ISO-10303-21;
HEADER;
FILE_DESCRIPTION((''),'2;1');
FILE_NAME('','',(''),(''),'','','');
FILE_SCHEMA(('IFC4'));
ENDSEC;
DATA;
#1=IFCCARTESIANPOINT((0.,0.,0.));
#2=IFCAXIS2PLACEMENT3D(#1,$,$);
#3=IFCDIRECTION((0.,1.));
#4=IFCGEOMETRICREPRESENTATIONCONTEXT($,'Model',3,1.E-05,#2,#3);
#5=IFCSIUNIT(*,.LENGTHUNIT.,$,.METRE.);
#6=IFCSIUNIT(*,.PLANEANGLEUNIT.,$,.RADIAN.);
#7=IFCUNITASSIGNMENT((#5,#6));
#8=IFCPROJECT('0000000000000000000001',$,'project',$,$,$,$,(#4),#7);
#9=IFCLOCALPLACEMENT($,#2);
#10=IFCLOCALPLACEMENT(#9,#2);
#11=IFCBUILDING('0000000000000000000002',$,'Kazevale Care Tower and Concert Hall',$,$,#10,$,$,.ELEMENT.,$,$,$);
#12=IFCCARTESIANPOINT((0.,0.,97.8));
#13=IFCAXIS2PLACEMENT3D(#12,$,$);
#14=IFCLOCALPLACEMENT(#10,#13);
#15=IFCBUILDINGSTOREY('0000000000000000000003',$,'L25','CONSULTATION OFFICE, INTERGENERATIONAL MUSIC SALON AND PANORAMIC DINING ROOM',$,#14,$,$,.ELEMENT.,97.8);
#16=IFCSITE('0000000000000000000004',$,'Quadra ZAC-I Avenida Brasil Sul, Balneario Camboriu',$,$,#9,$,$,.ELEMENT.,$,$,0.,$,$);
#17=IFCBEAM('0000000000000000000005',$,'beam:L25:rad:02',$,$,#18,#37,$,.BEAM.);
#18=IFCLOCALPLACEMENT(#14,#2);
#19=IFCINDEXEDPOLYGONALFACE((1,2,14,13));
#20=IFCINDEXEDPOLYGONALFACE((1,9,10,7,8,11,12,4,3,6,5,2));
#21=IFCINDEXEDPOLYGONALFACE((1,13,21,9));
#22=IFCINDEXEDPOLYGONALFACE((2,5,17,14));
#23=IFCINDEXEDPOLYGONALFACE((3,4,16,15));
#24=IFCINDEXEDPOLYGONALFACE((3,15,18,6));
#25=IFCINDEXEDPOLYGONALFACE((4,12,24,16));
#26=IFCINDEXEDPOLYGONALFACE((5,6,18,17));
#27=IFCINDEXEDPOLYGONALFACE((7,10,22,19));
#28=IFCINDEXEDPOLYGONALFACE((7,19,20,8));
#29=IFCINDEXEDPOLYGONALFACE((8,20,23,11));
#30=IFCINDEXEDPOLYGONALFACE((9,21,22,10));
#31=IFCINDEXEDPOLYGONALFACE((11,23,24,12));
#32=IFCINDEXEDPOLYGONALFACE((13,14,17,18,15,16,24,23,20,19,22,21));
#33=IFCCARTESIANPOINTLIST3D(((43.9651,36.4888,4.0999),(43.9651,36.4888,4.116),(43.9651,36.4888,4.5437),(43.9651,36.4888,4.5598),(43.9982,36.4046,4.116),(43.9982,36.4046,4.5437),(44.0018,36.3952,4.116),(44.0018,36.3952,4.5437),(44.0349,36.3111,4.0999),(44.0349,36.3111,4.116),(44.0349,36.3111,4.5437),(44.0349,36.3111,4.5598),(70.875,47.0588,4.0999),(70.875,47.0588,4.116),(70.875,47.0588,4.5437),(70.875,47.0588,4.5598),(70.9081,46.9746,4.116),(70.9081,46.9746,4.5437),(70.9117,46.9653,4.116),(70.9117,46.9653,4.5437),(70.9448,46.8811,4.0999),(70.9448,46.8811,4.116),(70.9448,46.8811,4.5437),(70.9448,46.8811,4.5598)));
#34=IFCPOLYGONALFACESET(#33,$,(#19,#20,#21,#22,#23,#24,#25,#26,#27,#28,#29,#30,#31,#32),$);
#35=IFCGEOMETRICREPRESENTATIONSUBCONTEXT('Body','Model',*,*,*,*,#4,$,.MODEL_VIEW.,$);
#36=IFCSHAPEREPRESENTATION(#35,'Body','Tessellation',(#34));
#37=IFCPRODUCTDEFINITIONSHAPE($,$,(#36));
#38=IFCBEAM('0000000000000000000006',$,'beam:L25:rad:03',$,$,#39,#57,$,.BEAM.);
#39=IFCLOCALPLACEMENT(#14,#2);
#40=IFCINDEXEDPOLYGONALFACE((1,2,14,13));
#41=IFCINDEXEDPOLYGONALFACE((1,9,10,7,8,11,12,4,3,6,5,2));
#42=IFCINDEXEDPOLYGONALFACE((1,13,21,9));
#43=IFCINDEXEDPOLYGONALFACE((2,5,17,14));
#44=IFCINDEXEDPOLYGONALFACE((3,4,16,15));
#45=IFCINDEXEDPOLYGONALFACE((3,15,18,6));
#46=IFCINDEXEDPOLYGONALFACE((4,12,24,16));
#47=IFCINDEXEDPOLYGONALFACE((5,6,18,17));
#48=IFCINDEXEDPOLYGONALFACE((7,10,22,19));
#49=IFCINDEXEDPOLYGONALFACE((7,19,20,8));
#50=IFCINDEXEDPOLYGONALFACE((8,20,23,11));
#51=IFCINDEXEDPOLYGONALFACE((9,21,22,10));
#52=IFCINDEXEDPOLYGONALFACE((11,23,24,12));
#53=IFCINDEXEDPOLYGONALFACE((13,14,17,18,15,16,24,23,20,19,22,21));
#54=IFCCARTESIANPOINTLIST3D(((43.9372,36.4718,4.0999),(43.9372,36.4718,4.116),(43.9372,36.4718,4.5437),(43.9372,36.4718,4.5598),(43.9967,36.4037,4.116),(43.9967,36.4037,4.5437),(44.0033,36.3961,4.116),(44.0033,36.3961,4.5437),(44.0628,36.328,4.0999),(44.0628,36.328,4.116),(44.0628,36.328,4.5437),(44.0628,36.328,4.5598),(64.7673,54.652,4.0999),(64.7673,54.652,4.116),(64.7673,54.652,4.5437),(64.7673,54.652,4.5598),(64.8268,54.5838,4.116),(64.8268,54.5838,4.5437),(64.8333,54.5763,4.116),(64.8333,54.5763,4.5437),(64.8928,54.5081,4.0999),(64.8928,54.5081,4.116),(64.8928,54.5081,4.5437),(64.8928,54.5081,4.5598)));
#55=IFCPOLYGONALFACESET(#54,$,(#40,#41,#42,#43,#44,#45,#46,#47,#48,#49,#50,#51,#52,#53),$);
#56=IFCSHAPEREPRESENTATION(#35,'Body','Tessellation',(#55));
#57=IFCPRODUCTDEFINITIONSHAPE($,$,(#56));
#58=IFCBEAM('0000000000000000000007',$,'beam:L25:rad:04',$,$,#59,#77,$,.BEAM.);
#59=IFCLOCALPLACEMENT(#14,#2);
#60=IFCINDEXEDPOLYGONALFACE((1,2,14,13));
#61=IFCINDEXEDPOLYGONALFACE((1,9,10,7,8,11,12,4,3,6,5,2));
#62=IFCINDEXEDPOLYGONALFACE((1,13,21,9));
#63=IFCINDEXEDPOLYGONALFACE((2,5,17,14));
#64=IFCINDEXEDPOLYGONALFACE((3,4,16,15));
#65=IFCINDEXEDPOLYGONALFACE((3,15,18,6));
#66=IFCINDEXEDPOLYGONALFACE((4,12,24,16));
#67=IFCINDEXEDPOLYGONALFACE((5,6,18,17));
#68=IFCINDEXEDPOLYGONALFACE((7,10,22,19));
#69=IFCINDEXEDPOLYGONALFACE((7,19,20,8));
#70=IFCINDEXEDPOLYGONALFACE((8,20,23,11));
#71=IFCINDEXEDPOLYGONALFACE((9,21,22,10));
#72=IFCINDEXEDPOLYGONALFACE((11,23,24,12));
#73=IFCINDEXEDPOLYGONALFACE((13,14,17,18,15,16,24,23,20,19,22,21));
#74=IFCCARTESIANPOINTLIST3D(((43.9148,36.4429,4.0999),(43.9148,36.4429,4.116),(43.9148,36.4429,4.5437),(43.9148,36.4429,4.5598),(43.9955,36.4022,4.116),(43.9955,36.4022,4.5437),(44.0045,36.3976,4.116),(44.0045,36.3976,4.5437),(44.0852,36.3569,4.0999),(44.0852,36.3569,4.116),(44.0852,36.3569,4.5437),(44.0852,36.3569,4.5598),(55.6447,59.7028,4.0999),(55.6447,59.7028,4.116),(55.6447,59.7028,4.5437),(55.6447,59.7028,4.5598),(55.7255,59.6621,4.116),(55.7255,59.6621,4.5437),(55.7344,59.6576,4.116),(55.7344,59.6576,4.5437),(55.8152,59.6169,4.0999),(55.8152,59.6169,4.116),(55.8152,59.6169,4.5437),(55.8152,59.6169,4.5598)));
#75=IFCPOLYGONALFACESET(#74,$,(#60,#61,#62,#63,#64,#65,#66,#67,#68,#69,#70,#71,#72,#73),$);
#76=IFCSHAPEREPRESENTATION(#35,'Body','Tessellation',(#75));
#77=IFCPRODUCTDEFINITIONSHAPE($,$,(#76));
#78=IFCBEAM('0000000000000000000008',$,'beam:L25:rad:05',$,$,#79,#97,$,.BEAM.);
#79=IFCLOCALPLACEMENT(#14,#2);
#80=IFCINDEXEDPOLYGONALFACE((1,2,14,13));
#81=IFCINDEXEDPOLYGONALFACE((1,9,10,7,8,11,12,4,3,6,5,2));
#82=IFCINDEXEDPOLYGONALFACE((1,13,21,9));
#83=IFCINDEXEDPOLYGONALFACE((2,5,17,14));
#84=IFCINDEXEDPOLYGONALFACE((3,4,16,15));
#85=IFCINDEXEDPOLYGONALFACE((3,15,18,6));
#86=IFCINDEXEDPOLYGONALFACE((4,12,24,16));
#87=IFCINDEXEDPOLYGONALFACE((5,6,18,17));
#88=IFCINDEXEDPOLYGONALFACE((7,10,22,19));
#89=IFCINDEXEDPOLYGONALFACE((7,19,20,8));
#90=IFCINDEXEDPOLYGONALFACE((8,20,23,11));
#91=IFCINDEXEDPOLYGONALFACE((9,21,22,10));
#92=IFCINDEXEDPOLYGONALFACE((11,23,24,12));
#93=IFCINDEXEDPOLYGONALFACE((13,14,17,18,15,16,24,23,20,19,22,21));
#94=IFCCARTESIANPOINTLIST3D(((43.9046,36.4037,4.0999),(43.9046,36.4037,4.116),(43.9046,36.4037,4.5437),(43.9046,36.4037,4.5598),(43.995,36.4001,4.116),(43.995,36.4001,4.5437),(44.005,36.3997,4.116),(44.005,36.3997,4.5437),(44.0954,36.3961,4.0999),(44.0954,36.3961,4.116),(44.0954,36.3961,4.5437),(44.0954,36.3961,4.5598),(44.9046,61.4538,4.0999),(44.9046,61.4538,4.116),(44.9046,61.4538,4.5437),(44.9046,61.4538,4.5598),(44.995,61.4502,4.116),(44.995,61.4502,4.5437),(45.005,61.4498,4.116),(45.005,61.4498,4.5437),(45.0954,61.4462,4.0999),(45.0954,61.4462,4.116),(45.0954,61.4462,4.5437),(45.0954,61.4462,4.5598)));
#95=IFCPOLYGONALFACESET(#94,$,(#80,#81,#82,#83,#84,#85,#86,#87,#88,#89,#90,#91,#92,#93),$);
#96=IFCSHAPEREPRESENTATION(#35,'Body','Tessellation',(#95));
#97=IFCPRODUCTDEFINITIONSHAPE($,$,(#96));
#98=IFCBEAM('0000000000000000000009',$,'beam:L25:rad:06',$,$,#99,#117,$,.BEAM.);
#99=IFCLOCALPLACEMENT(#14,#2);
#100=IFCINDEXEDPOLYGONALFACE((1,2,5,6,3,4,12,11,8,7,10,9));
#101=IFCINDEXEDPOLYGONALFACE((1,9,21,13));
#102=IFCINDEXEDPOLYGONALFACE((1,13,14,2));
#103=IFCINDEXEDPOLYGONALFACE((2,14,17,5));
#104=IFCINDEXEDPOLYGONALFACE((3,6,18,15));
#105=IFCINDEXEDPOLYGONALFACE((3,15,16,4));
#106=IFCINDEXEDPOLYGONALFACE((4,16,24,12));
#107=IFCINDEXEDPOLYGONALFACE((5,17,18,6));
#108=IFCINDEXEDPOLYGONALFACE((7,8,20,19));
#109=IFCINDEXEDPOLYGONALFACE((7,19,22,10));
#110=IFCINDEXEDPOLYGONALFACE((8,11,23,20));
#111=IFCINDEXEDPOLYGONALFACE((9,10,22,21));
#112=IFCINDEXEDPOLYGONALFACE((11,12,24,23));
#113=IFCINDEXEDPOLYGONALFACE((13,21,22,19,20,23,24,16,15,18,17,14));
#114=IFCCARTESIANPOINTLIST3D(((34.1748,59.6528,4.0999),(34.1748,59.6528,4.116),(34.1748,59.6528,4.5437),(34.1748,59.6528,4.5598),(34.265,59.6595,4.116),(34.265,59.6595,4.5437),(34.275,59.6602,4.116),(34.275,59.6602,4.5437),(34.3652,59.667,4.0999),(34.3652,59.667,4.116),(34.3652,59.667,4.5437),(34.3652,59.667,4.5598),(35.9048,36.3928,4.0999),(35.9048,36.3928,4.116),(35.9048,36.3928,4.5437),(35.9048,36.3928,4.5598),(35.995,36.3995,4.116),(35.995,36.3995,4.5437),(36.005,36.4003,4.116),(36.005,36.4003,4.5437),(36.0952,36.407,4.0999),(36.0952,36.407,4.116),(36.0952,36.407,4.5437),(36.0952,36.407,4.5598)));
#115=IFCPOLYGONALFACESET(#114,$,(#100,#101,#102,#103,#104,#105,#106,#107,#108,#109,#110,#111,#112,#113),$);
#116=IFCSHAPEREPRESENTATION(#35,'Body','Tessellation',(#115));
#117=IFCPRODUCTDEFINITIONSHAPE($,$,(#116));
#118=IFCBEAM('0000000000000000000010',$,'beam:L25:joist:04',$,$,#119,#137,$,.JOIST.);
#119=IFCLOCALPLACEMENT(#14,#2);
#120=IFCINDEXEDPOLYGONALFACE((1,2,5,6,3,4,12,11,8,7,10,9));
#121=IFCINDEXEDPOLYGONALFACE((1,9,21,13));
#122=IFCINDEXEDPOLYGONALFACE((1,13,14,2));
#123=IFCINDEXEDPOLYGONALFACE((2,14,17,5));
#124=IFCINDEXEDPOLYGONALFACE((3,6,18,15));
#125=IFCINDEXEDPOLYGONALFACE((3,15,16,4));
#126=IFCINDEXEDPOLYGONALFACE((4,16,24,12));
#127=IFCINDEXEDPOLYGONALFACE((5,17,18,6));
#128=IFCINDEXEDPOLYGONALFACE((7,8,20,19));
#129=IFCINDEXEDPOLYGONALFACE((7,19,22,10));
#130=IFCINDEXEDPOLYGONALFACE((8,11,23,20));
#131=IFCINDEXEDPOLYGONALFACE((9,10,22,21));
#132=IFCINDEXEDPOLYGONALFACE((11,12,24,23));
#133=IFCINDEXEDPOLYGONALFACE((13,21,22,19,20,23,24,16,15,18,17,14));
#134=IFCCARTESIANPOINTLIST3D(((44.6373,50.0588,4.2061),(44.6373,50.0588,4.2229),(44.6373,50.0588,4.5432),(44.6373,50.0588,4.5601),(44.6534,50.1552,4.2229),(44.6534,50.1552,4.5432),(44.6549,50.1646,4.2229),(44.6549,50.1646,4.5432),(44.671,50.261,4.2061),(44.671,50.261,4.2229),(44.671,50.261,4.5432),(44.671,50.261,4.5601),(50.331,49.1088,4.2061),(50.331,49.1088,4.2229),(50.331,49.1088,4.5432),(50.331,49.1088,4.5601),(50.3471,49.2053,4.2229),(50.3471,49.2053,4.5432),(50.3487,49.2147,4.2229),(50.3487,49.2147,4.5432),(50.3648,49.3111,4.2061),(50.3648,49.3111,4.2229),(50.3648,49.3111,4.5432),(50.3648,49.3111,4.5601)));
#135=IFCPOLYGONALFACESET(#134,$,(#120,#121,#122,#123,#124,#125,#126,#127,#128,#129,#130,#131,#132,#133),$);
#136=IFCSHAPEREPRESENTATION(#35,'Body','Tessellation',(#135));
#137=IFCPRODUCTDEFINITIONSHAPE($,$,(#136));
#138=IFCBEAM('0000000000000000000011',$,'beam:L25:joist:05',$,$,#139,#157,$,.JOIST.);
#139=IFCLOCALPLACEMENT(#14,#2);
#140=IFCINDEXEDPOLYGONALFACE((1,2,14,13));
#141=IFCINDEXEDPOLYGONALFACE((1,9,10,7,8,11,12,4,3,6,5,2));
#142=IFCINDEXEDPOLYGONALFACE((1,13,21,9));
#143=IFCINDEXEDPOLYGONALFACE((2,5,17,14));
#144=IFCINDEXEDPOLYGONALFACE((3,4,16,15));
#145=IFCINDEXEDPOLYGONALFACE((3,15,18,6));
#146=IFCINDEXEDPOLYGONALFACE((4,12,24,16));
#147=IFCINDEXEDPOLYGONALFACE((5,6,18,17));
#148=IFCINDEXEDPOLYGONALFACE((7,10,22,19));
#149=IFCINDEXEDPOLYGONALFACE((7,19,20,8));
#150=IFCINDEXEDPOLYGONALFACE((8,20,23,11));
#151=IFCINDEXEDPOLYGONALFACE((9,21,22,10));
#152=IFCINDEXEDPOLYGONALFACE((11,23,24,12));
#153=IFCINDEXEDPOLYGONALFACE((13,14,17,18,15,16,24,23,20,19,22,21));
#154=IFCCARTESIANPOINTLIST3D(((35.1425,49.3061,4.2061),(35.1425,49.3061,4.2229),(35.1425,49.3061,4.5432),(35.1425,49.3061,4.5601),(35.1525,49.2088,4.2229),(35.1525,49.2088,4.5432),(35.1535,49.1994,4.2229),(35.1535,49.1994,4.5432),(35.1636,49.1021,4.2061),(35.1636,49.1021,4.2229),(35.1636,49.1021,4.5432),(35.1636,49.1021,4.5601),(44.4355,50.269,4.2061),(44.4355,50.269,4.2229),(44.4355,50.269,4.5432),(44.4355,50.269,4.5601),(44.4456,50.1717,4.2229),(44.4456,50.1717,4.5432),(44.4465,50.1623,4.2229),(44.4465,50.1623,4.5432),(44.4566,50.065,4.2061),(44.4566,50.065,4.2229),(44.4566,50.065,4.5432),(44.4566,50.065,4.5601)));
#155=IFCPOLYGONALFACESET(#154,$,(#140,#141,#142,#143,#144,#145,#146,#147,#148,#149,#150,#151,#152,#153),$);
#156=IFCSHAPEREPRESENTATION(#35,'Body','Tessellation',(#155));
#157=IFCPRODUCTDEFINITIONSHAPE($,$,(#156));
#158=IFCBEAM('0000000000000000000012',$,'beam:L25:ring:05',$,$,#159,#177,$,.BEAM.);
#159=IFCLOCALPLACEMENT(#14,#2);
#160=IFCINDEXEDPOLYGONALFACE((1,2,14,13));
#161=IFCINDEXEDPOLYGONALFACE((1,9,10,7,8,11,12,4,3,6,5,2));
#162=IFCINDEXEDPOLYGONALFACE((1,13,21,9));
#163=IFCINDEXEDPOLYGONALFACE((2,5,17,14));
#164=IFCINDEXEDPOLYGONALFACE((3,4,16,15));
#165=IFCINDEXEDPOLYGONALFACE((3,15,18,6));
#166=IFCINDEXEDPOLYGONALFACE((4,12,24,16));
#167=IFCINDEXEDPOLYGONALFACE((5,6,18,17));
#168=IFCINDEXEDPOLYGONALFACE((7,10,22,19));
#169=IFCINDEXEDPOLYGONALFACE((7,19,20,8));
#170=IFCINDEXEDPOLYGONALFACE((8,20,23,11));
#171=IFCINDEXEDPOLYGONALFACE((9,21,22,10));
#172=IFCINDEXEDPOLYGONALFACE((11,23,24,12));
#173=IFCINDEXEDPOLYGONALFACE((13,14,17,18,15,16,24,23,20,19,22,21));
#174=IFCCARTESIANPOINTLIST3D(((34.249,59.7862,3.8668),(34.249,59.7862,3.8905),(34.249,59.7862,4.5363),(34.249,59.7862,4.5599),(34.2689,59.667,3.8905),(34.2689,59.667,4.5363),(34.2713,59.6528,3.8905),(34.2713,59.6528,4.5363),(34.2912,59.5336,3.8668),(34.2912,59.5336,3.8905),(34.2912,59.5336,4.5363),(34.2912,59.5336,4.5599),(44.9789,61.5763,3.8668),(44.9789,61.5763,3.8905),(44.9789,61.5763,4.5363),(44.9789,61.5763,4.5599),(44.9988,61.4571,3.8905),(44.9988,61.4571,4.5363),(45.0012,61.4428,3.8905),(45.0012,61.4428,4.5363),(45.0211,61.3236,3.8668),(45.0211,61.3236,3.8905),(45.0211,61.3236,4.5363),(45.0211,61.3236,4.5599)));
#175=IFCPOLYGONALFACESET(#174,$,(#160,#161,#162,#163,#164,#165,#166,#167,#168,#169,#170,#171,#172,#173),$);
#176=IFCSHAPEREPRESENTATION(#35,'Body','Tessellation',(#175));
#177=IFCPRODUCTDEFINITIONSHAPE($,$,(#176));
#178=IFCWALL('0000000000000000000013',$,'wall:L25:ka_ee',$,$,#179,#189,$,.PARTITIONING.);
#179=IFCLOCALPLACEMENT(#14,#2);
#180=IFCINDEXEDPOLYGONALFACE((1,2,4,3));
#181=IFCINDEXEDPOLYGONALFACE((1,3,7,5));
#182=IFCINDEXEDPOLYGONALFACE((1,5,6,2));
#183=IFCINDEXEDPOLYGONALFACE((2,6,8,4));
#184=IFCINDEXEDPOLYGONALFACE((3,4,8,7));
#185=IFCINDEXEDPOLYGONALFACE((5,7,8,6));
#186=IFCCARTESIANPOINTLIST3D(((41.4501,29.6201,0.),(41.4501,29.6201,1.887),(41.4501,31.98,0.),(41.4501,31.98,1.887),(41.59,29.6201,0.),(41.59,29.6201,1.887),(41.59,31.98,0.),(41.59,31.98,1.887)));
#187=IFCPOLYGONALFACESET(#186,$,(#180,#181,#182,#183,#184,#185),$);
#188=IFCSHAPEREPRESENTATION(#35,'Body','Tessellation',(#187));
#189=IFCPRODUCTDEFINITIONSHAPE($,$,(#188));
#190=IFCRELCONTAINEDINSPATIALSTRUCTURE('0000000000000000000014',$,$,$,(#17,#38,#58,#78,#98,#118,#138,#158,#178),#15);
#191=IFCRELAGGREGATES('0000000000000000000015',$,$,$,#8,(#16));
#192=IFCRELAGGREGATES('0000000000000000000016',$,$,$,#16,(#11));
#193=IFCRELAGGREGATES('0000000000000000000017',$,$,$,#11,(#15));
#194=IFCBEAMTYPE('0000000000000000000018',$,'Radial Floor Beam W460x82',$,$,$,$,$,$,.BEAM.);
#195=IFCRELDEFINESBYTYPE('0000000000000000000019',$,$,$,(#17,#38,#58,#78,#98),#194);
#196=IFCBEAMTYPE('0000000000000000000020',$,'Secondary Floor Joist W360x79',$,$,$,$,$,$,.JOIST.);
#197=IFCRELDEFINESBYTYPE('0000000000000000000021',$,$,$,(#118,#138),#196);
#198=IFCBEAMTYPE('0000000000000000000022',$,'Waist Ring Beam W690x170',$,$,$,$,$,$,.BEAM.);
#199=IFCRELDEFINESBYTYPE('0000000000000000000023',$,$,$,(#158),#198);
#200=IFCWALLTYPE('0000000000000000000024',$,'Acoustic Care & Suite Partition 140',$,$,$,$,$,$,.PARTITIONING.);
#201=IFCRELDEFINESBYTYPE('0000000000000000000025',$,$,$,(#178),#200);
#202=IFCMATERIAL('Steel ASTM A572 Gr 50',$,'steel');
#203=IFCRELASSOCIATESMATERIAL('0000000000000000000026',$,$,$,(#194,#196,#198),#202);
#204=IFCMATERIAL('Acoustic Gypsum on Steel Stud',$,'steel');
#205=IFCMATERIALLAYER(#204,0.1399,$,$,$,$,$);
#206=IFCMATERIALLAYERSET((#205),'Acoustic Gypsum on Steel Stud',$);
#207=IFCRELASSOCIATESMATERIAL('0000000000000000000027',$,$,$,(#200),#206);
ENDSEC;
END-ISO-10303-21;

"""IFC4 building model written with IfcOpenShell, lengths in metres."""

from ifc_helpers import new_model, si_unit, direction, frame, frame_2d, origin, origin_2d, place, context, subcontext, project, spatial, rectangle, i_section, extrude, material, layer, layer_set, material_profile, profile_set, type_object, element, save


model = new_model("IFC4")

# Units and contexts
model_context = context("Model", 3, precision=1e-05, world=origin(), true_north=direction((0.0, 1.0)))
body_context = subcontext(model_context, "Body", "Model", "MODEL_VIEW")
ifc_project = project(units=[si_unit("LENGTHUNIT", "METRE"), si_unit("PLANEANGLEUNIT", "RADIAN")], contexts=[model_context])

# Site, building, storey
site_placement = place(None, origin())
site = spatial("IfcSite", under=ifc_project, at=site_placement, Name="Quadra ZAC-I Avenida Brasil Sul, Balneario Camboriu", CompositionType="ELEMENT", RefElevation=0.0)
building_placement = place(site_placement, origin())
building = spatial("IfcBuilding", under=site, at=building_placement, Name="Kazevale Care Tower and Concert Hall", CompositionType="ELEMENT")
storey_placement = place(building_placement, frame((0.0, 0.0, 97.8)))
storey = spatial("IfcBuildingStorey", under=building, at=storey_placement, Name="L25", Description="CONSULTATION OFFICE, INTERGENERATIONAL MUSIC SALON AND PANORAMIC DINING ROOM", CompositionType="ELEMENT", Elevation=97.8)

# Beams
ifc_material_1 = material(Name="Steel ASTM A572 Gr 50", Category="steel")
ifc_material_profile_1 = material_profile(ifc_material_1, i_section(OverallWidth=0.1909, OverallDepth=0.46, WebThickness=0.01, FlangeThickness=0.0161, at=origin_2d()), Name="W460x82")
ifc_profile_set_1 = profile_set([ifc_material_profile_1], Name="Steel ASTM A572 Gr 50")
beam_type_1 = type_object("IfcBeamType", Name="Radial Floor Beam W460x82", PredefinedType="BEAM", material=ifc_profile_set_1)
beam_1_placement = place(storey_placement, frame((44.0, 36.3999, 4.3298), z_axis=(0.930771, 0.365602, 0.0), x_axis=(-0.365602, 0.930771, 0.0)))
element("IfcBeam", 1, at=beam_1_placement, inside=storey, type_object=beam_type_1, Name="beam:L25:rad:02", PredefinedType="BEAM", context=body_context, shape_type="SweptSolid", body=[
    extrude(i_section(OverallWidth=0.1909, OverallDepth=0.46, WebThickness=0.01, FlangeThickness=0.0161, at=origin_2d()), origin(), (0.0, 0.0, 1.0), 28.9114),
])
beam_2_placement = place(storey_placement, frame((44.0, 36.3999, 4.3298), z_axis=(0.753403, 0.657559, 0.0), x_axis=(-0.657559, 0.753403, 0.0)))
element("IfcBeam", 2, at=beam_2_placement, inside=storey, type_object=beam_type_1, Name="beam:L25:rad:03", PredefinedType="BEAM", context=body_context, shape_type="SweptSolid", body=[
    extrude(i_section(OverallWidth=0.1909, OverallDepth=0.46, WebThickness=0.01, FlangeThickness=0.0161, at=origin_2d()), origin(), (0.0, 0.0, 1.0), 27.6479),
])
beam_3_placement = place(storey_placement, frame((44.0, 36.3999, 4.3298), z_axis=(0.450281, 0.892887, 0.0), x_axis=(-0.892887, 0.450281, 0.0)))
element("IfcBeam", 3, at=beam_3_placement, inside=storey, type_object=beam_type_1, Name="beam:L25:rad:04", PredefinedType="BEAM", context=body_context, shape_type="SweptSolid", body=[
    extrude(i_section(OverallWidth=0.1909, OverallDepth=0.46, WebThickness=0.01, FlangeThickness=0.0161, at=origin_2d()), origin(), (0.0, 0.0, 1.0), 26.0503),
])
beam_4_placement = place(storey_placement, frame((44.0, 36.3999, 4.3298), z_axis=(0.039888, 0.999204, 0.0), x_axis=(-0.999204, 0.039888, 0.0)))
element("IfcBeam", 4, at=beam_4_placement, inside=storey, type_object=beam_type_1, Name="beam:L25:rad:05", PredefinedType="BEAM", context=body_context, shape_type="SweptSolid", body=[
    extrude(i_section(OverallWidth=0.1909, OverallDepth=0.46, WebThickness=0.01, FlangeThickness=0.0161, at=origin_2d()), origin(), (0.0, 0.0, 1.0), 25.0701),
])
beam_5_placement = place(storey_placement, frame((36.0, 36.3999, 4.3298), z_axis=(-0.074171, 0.997246, 0.0), x_axis=(-0.997246, -0.074171, 0.0)))
element("IfcBeam", 5, at=beam_5_placement, inside=storey, type_object=beam_type_1, Name="beam:L25:rad:06", PredefinedType="BEAM", context=body_context, shape_type="SweptSolid", body=[
    extrude(i_section(OverallWidth=0.1909, OverallDepth=0.46, WebThickness=0.01, FlangeThickness=0.0161, at=origin_2d()), origin(), (0.0, 0.0, 1.0), 23.3242),
])
ifc_material_profile_2 = material_profile(ifc_material_1, i_section(OverallWidth=0.2051, OverallDepth=0.354, WebThickness=0.0095, FlangeThickness=0.0168, at=origin_2d()), Name="W360x79")
ifc_profile_set_2 = profile_set([ifc_material_profile_2], Name="Steel ASTM A572 Gr 50")
beam_type_2 = type_object("IfcBeamType", Name="Secondary Floor Joist W360x79", PredefinedType="JOIST", material=ifc_profile_set_2)
beam_6_placement = place(storey_placement, frame((50.3479, 49.21, 4.3831), z_axis=(-0.986366, 0.164564, 0.0), x_axis=(-0.164564, -0.986366, 0.0)))
element("IfcBeam", 6, at=beam_6_placement, inside=storey, type_object=beam_type_2, Name="beam:L25:joist:04", PredefinedType="JOIST", context=body_context, shape_type="SweptSolid", body=[
    extrude(i_section(OverallWidth=0.2051, OverallDepth=0.354, WebThickness=0.0095, FlangeThickness=0.0168, at=origin_2d()), origin(), (0.0, 0.0, 1.0), 5.7725),
])
beam_7_placement = place(storey_placement, frame((44.446, 50.167, 4.3831), z_axis=(-0.994675, -0.103063, 0.0), x_axis=(0.103063, -0.994675, 0.0)))
element("IfcBeam", 7, at=beam_7_placement, inside=storey, type_object=beam_type_2, Name="beam:L25:joist:05", PredefinedType="JOIST", context=body_context, shape_type="SweptSolid", body=[
    extrude(i_section(OverallWidth=0.2051, OverallDepth=0.354, WebThickness=0.0095, FlangeThickness=0.0168, at=origin_2d()), origin(), (0.0, 0.0, 1.0), 9.3428),
])
ifc_material_profile_3 = material_profile(ifc_material_1, i_section(OverallWidth=0.2561, OverallDepth=0.6931, WebThickness=0.0144, FlangeThickness=0.0237, at=origin_2d()), Name="W690x170")
ifc_profile_set_3 = profile_set([ifc_material_profile_3], Name="Steel ASTM A572 Gr 50")
beam_type_3 = type_object("IfcBeamType", Name="Waist Ring Beam W690x170", PredefinedType="BEAM", material=ifc_profile_set_3)
beam_8_placement = place(storey_placement, frame((45.0, 61.45, 4.2134), z_axis=(-0.986368, -0.164552, 0.0), x_axis=(0.164552, -0.986368, 0.0)))
element("IfcBeam", 8, at=beam_8_placement, inside=storey, type_object=beam_type_3, Name="beam:L25:ring:05", PredefinedType="BEAM", context=body_context, shape_type="SweptSolid", body=[
    extrude(i_section(OverallWidth=0.2561, OverallDepth=0.6931, WebThickness=0.0144, FlangeThickness=0.0237, at=origin_2d()), origin(), (0.0, 0.0, 1.0), 10.8782),
])

# Wall
ifc_material_2 = material(Name="Acoustic Gypsum on Steel Stud", Category="steel")
ifc_layer_1 = layer(ifc_material_2, 0.1399)
ifc_layer_set_1 = layer_set([ifc_layer_1], Name="Acoustic Gypsum on Steel Stud")
wall_type_1 = type_object("IfcWallType", Name="Acoustic Care & Suite Partition 140", PredefinedType="PARTITIONING", material=ifc_layer_set_1)
wall_1_placement = place(storey_placement, frame((41.52, 29.6201, 0.0), z_axis=(0.0, 0.0, 1.0), x_axis=(0.0, 1.0, 0.0)))
element("IfcWall", 9, at=wall_1_placement, inside=storey, type_object=wall_type_1, Name="wall:L25:ka_ee", PredefinedType="PARTITIONING", context=body_context, shape_type="SweptSolid", body=[
    extrude(rectangle(XDim=2.3599, YDim=0.1399, at=frame_2d((1.1799, 0.0))), origin(), (0.0, 0.0, 1.0), 1.887),
])

save(model, "model.ifc")
